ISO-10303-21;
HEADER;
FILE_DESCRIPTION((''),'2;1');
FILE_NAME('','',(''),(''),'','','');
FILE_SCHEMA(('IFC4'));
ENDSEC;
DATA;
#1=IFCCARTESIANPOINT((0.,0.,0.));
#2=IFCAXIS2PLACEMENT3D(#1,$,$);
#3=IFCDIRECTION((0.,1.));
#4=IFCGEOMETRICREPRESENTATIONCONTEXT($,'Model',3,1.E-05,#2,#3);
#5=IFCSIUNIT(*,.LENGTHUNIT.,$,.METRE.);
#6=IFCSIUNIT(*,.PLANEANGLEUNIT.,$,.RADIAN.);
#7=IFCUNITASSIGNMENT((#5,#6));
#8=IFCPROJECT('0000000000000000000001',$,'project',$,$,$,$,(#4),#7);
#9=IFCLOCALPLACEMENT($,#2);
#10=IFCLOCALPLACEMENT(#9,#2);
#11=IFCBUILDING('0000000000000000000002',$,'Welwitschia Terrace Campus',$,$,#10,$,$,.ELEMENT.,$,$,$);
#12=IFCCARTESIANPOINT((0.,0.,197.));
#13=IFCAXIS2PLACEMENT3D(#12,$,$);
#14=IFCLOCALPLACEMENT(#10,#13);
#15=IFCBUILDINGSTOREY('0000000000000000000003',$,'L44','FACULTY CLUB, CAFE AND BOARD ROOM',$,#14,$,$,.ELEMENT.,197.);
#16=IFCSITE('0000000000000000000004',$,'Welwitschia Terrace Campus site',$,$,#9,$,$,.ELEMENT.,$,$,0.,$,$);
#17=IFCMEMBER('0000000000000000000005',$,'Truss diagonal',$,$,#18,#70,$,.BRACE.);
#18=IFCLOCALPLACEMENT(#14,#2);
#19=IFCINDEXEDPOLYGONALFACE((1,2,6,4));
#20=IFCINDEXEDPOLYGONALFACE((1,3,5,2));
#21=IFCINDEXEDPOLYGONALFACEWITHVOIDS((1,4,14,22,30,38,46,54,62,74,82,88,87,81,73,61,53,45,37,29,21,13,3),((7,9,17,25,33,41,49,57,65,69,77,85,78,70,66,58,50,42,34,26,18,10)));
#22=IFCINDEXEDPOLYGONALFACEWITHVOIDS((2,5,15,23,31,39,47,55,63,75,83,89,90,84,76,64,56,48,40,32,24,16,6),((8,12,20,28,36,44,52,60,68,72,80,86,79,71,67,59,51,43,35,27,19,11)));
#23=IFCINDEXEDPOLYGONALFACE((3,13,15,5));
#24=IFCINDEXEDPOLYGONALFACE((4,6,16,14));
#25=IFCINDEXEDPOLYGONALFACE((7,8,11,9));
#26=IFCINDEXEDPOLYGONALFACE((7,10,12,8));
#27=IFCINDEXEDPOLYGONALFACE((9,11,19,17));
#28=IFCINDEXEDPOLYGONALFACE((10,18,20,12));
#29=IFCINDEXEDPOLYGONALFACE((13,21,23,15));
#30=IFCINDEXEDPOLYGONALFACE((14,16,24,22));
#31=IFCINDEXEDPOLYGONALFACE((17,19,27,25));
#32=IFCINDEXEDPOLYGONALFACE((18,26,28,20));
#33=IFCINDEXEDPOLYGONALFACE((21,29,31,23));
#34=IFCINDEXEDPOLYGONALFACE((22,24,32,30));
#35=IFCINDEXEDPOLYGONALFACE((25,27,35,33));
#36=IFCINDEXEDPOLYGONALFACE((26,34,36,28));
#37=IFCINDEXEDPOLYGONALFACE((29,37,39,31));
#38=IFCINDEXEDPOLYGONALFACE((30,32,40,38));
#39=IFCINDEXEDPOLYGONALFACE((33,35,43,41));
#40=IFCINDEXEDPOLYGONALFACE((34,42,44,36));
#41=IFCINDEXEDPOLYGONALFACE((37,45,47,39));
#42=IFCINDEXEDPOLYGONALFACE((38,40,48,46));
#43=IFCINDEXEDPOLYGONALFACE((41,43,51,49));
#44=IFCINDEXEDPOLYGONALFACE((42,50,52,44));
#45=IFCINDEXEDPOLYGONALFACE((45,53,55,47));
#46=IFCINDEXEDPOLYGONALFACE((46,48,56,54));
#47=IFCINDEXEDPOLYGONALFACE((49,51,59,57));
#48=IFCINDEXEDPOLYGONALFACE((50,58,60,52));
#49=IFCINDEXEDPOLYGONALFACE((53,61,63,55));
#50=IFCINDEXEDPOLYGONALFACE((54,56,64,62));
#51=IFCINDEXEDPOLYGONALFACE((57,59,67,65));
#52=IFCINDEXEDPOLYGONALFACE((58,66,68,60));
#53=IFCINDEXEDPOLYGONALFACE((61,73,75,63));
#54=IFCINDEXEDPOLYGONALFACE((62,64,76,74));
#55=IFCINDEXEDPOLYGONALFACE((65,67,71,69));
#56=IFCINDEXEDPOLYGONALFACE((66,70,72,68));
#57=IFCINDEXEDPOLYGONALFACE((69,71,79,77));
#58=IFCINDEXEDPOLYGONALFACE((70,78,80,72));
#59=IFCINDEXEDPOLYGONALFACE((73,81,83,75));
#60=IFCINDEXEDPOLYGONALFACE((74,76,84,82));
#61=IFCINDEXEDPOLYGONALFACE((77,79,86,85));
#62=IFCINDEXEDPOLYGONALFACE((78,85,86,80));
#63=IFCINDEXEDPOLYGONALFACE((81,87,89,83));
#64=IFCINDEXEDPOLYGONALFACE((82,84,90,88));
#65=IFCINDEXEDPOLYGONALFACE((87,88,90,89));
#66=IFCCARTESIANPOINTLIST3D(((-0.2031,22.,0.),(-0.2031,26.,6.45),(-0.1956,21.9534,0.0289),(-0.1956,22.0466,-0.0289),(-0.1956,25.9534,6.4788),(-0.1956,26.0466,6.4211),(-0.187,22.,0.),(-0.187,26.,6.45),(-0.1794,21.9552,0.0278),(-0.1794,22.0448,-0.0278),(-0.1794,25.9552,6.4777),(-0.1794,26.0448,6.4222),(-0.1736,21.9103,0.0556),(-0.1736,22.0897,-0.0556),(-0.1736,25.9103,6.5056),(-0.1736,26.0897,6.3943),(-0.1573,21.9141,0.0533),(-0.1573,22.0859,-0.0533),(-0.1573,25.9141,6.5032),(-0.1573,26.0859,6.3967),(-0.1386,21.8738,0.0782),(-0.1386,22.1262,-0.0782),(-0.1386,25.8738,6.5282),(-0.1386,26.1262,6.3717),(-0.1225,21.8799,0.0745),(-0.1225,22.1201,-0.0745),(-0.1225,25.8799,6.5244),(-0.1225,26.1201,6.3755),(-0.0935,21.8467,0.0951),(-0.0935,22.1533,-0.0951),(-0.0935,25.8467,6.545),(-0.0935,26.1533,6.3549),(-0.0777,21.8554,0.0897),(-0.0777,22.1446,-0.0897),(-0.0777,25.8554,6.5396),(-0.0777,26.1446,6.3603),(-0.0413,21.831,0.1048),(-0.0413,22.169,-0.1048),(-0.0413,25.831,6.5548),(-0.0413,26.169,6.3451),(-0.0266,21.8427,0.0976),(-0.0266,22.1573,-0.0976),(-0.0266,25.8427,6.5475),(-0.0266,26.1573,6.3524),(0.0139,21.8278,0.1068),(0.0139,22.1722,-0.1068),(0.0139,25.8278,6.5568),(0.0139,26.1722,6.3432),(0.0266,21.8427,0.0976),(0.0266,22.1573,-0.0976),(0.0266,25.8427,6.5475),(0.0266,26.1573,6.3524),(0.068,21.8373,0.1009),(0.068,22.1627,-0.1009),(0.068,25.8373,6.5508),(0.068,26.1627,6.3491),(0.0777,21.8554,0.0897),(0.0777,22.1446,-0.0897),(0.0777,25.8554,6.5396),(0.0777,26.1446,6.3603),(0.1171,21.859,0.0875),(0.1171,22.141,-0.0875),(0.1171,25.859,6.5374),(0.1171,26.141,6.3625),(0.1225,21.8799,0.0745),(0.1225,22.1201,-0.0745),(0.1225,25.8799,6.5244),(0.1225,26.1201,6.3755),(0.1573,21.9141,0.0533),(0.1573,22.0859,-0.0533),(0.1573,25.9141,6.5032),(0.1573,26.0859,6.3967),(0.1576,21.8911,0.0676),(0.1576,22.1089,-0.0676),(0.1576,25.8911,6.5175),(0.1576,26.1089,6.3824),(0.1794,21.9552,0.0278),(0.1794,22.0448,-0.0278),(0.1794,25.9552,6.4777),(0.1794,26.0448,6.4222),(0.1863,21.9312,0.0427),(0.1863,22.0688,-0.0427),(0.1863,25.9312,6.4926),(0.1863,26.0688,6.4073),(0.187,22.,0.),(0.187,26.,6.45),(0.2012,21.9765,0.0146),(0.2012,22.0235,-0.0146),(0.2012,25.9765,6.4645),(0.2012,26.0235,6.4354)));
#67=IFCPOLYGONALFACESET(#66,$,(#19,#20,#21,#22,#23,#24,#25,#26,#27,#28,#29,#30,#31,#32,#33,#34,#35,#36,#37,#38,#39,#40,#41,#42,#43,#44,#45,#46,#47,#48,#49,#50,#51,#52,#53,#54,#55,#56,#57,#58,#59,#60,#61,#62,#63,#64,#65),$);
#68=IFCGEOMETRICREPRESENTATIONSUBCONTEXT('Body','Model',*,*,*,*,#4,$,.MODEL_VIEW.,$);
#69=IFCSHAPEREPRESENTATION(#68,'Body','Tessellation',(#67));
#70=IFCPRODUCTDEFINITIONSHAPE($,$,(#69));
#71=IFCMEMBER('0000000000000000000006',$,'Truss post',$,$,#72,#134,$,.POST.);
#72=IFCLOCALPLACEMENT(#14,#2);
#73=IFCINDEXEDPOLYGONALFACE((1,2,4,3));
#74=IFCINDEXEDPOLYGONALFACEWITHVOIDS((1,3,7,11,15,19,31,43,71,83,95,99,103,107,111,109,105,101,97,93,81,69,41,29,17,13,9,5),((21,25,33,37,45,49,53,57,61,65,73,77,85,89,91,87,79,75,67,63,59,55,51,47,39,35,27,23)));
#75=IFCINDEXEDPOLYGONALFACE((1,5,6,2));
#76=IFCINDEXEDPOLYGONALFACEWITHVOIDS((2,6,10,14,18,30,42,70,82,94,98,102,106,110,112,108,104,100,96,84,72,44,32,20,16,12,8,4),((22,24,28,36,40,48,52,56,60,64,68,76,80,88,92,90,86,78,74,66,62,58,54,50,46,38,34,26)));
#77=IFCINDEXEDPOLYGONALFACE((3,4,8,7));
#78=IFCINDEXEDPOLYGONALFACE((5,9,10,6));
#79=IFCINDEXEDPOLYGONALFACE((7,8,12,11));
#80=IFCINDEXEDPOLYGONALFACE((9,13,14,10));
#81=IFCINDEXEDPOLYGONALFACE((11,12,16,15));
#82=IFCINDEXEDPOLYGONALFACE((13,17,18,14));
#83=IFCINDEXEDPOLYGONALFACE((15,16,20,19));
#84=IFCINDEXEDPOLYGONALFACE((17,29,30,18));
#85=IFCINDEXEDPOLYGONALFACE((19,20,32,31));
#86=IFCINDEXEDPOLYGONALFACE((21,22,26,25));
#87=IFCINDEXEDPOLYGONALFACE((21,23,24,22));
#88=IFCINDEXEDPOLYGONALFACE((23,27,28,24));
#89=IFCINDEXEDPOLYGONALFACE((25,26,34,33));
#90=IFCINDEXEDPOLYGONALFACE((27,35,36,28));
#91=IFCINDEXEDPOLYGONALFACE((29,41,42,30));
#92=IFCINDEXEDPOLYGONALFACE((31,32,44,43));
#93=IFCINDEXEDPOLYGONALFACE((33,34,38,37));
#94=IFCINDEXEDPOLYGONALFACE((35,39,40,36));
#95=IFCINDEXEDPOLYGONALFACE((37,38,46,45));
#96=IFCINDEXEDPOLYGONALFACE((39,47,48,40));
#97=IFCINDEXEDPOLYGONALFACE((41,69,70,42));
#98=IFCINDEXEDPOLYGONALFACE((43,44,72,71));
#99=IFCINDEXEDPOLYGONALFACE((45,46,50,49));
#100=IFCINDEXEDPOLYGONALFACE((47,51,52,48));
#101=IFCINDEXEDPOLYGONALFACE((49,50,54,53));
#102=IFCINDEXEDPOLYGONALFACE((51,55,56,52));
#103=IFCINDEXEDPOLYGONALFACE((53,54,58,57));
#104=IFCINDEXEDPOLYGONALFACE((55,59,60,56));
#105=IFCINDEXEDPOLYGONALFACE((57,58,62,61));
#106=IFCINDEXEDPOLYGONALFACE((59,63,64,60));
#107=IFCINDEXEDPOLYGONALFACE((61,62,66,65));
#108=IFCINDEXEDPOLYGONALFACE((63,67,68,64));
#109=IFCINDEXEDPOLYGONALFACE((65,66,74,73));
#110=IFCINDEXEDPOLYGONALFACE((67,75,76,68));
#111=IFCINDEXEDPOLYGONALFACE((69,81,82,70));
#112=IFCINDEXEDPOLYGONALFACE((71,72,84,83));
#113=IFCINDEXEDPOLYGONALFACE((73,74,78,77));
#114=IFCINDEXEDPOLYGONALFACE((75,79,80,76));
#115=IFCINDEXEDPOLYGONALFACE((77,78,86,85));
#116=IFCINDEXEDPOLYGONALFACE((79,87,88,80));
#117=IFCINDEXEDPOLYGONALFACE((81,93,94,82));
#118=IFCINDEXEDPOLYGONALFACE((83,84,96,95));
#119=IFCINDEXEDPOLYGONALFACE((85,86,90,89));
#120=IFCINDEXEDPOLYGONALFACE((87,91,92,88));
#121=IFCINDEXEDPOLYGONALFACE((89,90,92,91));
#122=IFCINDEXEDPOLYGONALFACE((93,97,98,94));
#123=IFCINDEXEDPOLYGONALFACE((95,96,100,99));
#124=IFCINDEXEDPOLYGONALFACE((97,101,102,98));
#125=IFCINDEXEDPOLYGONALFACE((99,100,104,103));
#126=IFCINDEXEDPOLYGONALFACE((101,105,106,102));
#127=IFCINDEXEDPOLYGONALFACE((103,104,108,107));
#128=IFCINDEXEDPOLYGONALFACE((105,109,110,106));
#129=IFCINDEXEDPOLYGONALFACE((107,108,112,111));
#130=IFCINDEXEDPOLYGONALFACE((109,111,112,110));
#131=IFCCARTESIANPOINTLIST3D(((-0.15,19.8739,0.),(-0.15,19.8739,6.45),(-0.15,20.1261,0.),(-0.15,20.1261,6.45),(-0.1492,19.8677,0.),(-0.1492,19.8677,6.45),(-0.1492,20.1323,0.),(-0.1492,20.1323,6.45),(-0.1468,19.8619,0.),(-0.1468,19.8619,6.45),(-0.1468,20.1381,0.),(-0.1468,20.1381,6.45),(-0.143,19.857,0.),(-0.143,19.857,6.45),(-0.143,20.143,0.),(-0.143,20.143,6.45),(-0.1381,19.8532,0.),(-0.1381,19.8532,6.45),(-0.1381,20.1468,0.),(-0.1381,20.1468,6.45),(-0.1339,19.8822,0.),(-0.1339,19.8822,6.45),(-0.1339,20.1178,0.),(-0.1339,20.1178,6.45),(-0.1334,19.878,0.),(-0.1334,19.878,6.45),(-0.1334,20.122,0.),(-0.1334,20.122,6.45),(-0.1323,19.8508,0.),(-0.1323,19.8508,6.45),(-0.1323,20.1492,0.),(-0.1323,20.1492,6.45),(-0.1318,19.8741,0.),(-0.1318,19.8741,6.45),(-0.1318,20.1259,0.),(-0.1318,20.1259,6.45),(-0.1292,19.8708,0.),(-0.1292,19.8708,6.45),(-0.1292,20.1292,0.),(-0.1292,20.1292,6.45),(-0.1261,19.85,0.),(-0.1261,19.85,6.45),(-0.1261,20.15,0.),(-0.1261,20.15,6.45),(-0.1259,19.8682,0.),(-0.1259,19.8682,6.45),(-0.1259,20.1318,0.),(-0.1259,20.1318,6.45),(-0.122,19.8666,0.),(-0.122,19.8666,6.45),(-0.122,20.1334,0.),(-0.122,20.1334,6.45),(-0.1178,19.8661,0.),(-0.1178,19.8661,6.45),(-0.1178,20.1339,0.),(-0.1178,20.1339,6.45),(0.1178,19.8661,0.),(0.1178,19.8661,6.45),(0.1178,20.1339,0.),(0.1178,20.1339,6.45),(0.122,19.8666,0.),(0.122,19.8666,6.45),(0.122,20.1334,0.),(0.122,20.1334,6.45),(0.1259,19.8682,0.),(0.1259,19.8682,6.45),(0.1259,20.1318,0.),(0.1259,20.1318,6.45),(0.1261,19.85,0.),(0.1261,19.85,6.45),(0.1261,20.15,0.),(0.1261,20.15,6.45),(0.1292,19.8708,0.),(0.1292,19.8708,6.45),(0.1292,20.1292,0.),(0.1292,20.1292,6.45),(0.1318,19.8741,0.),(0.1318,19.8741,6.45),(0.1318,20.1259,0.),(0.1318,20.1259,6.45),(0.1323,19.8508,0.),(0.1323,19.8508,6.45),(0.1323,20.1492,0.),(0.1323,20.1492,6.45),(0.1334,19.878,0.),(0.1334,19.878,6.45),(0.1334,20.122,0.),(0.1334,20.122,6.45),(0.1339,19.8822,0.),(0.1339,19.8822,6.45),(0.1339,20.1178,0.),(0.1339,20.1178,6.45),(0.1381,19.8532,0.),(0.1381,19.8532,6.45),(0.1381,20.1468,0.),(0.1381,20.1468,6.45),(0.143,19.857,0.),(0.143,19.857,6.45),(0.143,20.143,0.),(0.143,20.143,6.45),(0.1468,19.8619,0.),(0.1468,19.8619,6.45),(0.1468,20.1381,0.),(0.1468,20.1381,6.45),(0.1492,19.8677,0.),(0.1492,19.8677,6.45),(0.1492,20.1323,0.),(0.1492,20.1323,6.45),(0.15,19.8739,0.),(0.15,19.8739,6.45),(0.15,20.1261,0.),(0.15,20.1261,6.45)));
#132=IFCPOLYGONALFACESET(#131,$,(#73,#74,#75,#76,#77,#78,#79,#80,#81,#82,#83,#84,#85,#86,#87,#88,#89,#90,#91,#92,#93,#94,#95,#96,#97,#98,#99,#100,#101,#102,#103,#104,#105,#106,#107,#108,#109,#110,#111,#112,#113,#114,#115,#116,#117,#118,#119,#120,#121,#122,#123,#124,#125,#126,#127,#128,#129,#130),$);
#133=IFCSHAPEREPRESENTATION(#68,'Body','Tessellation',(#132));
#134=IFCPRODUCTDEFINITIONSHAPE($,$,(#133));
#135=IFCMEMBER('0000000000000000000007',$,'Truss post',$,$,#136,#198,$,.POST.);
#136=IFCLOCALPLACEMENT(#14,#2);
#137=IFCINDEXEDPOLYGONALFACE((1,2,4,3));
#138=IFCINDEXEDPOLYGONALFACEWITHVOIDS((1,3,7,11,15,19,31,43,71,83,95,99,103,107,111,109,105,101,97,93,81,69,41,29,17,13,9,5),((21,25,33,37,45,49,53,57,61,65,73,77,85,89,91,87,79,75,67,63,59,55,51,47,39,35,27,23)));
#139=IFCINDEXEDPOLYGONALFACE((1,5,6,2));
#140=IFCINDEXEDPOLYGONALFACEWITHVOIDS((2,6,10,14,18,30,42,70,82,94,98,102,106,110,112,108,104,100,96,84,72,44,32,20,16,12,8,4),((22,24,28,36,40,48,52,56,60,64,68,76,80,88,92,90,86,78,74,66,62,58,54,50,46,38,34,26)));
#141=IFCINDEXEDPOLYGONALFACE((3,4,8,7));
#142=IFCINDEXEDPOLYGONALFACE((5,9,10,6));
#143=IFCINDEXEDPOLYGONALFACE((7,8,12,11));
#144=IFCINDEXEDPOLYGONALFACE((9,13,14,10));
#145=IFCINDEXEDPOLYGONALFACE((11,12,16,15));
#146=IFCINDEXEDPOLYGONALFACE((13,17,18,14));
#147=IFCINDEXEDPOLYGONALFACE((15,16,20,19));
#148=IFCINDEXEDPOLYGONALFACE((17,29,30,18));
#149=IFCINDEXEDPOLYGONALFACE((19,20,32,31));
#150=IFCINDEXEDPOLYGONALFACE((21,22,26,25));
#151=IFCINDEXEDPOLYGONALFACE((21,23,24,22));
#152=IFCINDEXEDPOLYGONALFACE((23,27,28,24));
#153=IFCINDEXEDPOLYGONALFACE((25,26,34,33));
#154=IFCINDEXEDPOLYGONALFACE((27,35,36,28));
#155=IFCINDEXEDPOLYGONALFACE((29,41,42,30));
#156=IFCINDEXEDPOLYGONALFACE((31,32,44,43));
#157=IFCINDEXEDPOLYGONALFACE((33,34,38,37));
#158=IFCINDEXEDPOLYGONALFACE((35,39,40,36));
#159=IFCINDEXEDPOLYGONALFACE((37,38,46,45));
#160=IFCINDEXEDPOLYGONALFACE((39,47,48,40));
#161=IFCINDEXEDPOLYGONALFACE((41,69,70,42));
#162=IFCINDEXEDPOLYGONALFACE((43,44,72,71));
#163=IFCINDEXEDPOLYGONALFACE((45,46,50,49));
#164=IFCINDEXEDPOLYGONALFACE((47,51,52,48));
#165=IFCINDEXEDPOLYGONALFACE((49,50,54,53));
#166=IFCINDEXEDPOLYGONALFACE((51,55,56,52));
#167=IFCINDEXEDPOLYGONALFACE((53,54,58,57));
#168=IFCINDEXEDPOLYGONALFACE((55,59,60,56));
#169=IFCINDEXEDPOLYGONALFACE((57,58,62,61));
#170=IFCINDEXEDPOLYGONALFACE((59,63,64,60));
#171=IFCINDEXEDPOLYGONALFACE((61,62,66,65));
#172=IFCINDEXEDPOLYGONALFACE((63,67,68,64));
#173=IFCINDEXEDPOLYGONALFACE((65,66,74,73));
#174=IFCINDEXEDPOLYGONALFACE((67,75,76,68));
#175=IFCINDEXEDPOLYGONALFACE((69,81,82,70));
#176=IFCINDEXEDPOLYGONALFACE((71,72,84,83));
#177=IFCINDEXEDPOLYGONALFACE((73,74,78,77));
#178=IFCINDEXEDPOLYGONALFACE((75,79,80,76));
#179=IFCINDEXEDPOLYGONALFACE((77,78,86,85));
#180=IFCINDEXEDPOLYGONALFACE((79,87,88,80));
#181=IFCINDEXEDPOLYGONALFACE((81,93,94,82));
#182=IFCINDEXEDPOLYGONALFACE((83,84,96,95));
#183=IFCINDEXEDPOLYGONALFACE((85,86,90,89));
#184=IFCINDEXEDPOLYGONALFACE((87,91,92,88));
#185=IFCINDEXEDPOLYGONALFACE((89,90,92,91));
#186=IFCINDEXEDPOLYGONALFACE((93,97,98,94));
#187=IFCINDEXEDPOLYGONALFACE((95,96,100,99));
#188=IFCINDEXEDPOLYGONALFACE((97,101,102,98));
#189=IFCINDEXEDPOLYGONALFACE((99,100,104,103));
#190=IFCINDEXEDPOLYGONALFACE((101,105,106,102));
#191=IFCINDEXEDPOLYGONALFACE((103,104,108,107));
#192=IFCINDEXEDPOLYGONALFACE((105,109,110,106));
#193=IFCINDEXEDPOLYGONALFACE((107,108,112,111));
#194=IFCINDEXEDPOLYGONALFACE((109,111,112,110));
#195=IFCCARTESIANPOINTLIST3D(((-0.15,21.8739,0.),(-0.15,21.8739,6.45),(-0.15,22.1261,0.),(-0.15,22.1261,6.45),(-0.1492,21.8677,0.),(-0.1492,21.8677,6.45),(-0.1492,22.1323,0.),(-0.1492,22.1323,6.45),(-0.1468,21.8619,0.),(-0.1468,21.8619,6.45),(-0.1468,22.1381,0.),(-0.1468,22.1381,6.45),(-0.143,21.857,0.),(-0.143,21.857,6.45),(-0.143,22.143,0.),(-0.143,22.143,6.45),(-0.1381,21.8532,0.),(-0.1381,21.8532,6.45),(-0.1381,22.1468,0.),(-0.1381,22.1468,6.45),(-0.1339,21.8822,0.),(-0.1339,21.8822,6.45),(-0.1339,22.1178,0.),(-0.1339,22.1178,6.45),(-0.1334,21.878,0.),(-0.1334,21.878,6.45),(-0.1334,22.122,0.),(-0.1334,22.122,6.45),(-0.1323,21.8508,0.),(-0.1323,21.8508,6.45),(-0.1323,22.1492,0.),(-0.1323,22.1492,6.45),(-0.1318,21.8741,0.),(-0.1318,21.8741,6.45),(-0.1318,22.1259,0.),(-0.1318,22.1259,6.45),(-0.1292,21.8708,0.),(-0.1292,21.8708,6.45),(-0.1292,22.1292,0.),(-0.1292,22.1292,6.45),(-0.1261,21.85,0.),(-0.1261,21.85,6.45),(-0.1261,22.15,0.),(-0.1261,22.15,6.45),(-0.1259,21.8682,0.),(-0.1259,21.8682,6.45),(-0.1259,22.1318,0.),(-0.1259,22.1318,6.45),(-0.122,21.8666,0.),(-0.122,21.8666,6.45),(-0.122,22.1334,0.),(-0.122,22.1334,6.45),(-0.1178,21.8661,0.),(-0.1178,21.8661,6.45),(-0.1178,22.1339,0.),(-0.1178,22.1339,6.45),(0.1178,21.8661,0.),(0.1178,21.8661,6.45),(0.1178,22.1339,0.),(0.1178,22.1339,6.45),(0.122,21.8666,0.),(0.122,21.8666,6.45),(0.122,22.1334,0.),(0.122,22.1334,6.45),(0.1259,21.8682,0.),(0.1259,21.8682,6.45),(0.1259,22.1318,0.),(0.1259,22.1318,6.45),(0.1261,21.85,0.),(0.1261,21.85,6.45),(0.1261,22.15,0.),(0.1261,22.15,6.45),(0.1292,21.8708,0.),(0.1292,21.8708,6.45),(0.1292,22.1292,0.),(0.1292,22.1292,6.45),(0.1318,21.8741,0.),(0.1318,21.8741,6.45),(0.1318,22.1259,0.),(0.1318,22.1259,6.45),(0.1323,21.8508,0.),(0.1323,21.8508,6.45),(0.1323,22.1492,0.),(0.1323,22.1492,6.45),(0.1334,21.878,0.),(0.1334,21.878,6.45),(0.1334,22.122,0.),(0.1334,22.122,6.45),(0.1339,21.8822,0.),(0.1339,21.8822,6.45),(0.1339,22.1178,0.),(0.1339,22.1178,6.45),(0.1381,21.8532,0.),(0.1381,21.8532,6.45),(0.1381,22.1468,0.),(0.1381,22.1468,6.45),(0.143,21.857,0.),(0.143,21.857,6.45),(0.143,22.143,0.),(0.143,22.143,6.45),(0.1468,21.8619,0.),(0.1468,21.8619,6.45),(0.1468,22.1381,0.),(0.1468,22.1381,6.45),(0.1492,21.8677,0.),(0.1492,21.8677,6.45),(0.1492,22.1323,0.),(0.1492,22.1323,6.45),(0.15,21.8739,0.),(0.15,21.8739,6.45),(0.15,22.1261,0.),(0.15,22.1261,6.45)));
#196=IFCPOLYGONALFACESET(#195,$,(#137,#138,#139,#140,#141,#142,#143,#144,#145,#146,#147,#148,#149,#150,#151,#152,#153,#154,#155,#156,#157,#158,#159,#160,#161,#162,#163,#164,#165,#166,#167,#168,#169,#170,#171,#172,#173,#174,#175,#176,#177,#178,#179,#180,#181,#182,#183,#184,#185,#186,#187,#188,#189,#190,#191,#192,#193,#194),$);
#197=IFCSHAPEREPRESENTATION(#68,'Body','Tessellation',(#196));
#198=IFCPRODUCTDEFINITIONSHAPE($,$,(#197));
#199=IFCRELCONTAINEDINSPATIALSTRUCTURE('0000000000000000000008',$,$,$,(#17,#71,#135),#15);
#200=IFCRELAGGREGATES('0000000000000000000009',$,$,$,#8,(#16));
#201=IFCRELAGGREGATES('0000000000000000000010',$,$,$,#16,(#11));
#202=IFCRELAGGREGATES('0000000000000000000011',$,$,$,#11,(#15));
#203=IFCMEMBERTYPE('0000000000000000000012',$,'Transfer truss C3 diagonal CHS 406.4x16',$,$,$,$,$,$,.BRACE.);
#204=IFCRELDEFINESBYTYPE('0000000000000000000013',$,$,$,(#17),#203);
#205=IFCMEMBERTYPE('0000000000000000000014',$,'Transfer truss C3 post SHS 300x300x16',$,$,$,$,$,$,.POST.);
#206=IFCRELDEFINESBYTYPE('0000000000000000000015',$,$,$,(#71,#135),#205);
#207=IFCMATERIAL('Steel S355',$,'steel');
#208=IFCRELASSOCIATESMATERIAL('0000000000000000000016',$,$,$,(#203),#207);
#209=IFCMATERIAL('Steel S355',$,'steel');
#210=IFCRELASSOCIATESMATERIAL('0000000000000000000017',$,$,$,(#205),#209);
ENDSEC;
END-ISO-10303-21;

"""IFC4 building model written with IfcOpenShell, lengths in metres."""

from ifc_helpers import new_model, si_unit, direction, frame, origin, origin_2d, place, context, subcontext, project, spatial, hollow_rectangle, hollow_circle, extrude, material, material_profile, profile_set, type_object, element, save


model = new_model("IFC4")

# Units and contexts
model_context = context("Model", 3, precision=1e-05, world=origin(), true_north=direction((0.0, 1.0)))
body_context = subcontext(model_context, "Body", "Model", "MODEL_VIEW")
ifc_project = project(units=[si_unit("LENGTHUNIT", "METRE"), si_unit("PLANEANGLEUNIT", "RADIAN")], contexts=[model_context])

# Site, building, storey
site_placement = place(None, origin())
site = spatial("IfcSite", under=ifc_project, at=site_placement, Name="Welwitschia Terrace Campus site", CompositionType="ELEMENT", RefElevation=0.0)
building_placement = place(site_placement, origin())
building = spatial("IfcBuilding", under=site, at=building_placement, Name="Welwitschia Terrace Campus", CompositionType="ELEMENT")
storey_placement = place(building_placement, frame((0.0, 0.0, 197.0)))
storey = spatial("IfcBuildingStorey", under=building, at=storey_placement, Name="L44", Description="FACULTY CLUB, CAFE AND BOARD ROOM", CompositionType="ELEMENT", Elevation=197.0)

# Members
ifc_material_1 = material(Name="Steel S355", Category="steel")
ifc_material_profile_1 = material_profile(ifc_material_1, hollow_circle(Radius=0.2031, WallThickness=0.0161, at=origin_2d()))
ifc_profile_set_1 = profile_set([ifc_material_profile_1], Name="Steel S355")
member_type_1 = type_object("IfcMemberType", Name="Transfer truss C3 diagonal CHS 406.4x16", PredefinedType="BRACE", material=ifc_profile_set_1)
member_1_placement = place(storey_placement, frame((0.0, 22.0, 0.0), z_axis=(0.0, 0.527038, 0.849842), x_axis=(-1.0, 0.0, 0.0)))
element("IfcMember", 1, at=member_1_placement, inside=storey, type_object=member_type_1, Name="Truss diagonal", PredefinedType="BRACE", context=body_context, shape_type="SweptSolid", body=[
    extrude(hollow_circle(Radius=0.2031, WallThickness=0.0161, at=origin_2d()), origin(), (0.0, 0.0, 1.0), 7.5896),
])
ifc_material_2 = material(Name="Steel S355", Category="steel")
ifc_material_profile_2 = material_profile(ifc_material_2, hollow_rectangle(XDim=0.3, YDim=0.3, WallThickness=0.0161, InnerFilletRadius=0.0161, OuterFilletRadius=0.0239, at=origin_2d()))
ifc_profile_set_2 = profile_set([ifc_material_profile_2], Name="Steel S355")
member_type_2 = type_object("IfcMemberType", Name="Transfer truss C3 post SHS 300x300x16", PredefinedType="POST", material=ifc_profile_set_2)
for number, where, z_axis, x_axis, name in (
    (2, (0.0, 20.0, 0.0), (0.0, 0.0, 1.0), (1.0, 0.0, 0.0), "Truss post"),
    (3, (0.0, 22.0, 0.0), (0.0, 0.0, 1.0), (1.0, 0.0, 0.0), "Truss post"),
):
    element("IfcMember", number, at=place(storey_placement, frame(where, z_axis=z_axis, x_axis=x_axis)), inside=storey, type_object=member_type_2, Name=name, PredefinedType="POST", context=body_context, shape_type="SweptSolid", body=[
        extrude(hollow_rectangle(XDim=0.3, YDim=0.3, WallThickness=0.0161, InnerFilletRadius=0.0161, OuterFilletRadius=0.0239, at=origin_2d()), origin(), (0.0, 0.0, 1.0), 6.45),
    ])

save(model, "model.ifc")
